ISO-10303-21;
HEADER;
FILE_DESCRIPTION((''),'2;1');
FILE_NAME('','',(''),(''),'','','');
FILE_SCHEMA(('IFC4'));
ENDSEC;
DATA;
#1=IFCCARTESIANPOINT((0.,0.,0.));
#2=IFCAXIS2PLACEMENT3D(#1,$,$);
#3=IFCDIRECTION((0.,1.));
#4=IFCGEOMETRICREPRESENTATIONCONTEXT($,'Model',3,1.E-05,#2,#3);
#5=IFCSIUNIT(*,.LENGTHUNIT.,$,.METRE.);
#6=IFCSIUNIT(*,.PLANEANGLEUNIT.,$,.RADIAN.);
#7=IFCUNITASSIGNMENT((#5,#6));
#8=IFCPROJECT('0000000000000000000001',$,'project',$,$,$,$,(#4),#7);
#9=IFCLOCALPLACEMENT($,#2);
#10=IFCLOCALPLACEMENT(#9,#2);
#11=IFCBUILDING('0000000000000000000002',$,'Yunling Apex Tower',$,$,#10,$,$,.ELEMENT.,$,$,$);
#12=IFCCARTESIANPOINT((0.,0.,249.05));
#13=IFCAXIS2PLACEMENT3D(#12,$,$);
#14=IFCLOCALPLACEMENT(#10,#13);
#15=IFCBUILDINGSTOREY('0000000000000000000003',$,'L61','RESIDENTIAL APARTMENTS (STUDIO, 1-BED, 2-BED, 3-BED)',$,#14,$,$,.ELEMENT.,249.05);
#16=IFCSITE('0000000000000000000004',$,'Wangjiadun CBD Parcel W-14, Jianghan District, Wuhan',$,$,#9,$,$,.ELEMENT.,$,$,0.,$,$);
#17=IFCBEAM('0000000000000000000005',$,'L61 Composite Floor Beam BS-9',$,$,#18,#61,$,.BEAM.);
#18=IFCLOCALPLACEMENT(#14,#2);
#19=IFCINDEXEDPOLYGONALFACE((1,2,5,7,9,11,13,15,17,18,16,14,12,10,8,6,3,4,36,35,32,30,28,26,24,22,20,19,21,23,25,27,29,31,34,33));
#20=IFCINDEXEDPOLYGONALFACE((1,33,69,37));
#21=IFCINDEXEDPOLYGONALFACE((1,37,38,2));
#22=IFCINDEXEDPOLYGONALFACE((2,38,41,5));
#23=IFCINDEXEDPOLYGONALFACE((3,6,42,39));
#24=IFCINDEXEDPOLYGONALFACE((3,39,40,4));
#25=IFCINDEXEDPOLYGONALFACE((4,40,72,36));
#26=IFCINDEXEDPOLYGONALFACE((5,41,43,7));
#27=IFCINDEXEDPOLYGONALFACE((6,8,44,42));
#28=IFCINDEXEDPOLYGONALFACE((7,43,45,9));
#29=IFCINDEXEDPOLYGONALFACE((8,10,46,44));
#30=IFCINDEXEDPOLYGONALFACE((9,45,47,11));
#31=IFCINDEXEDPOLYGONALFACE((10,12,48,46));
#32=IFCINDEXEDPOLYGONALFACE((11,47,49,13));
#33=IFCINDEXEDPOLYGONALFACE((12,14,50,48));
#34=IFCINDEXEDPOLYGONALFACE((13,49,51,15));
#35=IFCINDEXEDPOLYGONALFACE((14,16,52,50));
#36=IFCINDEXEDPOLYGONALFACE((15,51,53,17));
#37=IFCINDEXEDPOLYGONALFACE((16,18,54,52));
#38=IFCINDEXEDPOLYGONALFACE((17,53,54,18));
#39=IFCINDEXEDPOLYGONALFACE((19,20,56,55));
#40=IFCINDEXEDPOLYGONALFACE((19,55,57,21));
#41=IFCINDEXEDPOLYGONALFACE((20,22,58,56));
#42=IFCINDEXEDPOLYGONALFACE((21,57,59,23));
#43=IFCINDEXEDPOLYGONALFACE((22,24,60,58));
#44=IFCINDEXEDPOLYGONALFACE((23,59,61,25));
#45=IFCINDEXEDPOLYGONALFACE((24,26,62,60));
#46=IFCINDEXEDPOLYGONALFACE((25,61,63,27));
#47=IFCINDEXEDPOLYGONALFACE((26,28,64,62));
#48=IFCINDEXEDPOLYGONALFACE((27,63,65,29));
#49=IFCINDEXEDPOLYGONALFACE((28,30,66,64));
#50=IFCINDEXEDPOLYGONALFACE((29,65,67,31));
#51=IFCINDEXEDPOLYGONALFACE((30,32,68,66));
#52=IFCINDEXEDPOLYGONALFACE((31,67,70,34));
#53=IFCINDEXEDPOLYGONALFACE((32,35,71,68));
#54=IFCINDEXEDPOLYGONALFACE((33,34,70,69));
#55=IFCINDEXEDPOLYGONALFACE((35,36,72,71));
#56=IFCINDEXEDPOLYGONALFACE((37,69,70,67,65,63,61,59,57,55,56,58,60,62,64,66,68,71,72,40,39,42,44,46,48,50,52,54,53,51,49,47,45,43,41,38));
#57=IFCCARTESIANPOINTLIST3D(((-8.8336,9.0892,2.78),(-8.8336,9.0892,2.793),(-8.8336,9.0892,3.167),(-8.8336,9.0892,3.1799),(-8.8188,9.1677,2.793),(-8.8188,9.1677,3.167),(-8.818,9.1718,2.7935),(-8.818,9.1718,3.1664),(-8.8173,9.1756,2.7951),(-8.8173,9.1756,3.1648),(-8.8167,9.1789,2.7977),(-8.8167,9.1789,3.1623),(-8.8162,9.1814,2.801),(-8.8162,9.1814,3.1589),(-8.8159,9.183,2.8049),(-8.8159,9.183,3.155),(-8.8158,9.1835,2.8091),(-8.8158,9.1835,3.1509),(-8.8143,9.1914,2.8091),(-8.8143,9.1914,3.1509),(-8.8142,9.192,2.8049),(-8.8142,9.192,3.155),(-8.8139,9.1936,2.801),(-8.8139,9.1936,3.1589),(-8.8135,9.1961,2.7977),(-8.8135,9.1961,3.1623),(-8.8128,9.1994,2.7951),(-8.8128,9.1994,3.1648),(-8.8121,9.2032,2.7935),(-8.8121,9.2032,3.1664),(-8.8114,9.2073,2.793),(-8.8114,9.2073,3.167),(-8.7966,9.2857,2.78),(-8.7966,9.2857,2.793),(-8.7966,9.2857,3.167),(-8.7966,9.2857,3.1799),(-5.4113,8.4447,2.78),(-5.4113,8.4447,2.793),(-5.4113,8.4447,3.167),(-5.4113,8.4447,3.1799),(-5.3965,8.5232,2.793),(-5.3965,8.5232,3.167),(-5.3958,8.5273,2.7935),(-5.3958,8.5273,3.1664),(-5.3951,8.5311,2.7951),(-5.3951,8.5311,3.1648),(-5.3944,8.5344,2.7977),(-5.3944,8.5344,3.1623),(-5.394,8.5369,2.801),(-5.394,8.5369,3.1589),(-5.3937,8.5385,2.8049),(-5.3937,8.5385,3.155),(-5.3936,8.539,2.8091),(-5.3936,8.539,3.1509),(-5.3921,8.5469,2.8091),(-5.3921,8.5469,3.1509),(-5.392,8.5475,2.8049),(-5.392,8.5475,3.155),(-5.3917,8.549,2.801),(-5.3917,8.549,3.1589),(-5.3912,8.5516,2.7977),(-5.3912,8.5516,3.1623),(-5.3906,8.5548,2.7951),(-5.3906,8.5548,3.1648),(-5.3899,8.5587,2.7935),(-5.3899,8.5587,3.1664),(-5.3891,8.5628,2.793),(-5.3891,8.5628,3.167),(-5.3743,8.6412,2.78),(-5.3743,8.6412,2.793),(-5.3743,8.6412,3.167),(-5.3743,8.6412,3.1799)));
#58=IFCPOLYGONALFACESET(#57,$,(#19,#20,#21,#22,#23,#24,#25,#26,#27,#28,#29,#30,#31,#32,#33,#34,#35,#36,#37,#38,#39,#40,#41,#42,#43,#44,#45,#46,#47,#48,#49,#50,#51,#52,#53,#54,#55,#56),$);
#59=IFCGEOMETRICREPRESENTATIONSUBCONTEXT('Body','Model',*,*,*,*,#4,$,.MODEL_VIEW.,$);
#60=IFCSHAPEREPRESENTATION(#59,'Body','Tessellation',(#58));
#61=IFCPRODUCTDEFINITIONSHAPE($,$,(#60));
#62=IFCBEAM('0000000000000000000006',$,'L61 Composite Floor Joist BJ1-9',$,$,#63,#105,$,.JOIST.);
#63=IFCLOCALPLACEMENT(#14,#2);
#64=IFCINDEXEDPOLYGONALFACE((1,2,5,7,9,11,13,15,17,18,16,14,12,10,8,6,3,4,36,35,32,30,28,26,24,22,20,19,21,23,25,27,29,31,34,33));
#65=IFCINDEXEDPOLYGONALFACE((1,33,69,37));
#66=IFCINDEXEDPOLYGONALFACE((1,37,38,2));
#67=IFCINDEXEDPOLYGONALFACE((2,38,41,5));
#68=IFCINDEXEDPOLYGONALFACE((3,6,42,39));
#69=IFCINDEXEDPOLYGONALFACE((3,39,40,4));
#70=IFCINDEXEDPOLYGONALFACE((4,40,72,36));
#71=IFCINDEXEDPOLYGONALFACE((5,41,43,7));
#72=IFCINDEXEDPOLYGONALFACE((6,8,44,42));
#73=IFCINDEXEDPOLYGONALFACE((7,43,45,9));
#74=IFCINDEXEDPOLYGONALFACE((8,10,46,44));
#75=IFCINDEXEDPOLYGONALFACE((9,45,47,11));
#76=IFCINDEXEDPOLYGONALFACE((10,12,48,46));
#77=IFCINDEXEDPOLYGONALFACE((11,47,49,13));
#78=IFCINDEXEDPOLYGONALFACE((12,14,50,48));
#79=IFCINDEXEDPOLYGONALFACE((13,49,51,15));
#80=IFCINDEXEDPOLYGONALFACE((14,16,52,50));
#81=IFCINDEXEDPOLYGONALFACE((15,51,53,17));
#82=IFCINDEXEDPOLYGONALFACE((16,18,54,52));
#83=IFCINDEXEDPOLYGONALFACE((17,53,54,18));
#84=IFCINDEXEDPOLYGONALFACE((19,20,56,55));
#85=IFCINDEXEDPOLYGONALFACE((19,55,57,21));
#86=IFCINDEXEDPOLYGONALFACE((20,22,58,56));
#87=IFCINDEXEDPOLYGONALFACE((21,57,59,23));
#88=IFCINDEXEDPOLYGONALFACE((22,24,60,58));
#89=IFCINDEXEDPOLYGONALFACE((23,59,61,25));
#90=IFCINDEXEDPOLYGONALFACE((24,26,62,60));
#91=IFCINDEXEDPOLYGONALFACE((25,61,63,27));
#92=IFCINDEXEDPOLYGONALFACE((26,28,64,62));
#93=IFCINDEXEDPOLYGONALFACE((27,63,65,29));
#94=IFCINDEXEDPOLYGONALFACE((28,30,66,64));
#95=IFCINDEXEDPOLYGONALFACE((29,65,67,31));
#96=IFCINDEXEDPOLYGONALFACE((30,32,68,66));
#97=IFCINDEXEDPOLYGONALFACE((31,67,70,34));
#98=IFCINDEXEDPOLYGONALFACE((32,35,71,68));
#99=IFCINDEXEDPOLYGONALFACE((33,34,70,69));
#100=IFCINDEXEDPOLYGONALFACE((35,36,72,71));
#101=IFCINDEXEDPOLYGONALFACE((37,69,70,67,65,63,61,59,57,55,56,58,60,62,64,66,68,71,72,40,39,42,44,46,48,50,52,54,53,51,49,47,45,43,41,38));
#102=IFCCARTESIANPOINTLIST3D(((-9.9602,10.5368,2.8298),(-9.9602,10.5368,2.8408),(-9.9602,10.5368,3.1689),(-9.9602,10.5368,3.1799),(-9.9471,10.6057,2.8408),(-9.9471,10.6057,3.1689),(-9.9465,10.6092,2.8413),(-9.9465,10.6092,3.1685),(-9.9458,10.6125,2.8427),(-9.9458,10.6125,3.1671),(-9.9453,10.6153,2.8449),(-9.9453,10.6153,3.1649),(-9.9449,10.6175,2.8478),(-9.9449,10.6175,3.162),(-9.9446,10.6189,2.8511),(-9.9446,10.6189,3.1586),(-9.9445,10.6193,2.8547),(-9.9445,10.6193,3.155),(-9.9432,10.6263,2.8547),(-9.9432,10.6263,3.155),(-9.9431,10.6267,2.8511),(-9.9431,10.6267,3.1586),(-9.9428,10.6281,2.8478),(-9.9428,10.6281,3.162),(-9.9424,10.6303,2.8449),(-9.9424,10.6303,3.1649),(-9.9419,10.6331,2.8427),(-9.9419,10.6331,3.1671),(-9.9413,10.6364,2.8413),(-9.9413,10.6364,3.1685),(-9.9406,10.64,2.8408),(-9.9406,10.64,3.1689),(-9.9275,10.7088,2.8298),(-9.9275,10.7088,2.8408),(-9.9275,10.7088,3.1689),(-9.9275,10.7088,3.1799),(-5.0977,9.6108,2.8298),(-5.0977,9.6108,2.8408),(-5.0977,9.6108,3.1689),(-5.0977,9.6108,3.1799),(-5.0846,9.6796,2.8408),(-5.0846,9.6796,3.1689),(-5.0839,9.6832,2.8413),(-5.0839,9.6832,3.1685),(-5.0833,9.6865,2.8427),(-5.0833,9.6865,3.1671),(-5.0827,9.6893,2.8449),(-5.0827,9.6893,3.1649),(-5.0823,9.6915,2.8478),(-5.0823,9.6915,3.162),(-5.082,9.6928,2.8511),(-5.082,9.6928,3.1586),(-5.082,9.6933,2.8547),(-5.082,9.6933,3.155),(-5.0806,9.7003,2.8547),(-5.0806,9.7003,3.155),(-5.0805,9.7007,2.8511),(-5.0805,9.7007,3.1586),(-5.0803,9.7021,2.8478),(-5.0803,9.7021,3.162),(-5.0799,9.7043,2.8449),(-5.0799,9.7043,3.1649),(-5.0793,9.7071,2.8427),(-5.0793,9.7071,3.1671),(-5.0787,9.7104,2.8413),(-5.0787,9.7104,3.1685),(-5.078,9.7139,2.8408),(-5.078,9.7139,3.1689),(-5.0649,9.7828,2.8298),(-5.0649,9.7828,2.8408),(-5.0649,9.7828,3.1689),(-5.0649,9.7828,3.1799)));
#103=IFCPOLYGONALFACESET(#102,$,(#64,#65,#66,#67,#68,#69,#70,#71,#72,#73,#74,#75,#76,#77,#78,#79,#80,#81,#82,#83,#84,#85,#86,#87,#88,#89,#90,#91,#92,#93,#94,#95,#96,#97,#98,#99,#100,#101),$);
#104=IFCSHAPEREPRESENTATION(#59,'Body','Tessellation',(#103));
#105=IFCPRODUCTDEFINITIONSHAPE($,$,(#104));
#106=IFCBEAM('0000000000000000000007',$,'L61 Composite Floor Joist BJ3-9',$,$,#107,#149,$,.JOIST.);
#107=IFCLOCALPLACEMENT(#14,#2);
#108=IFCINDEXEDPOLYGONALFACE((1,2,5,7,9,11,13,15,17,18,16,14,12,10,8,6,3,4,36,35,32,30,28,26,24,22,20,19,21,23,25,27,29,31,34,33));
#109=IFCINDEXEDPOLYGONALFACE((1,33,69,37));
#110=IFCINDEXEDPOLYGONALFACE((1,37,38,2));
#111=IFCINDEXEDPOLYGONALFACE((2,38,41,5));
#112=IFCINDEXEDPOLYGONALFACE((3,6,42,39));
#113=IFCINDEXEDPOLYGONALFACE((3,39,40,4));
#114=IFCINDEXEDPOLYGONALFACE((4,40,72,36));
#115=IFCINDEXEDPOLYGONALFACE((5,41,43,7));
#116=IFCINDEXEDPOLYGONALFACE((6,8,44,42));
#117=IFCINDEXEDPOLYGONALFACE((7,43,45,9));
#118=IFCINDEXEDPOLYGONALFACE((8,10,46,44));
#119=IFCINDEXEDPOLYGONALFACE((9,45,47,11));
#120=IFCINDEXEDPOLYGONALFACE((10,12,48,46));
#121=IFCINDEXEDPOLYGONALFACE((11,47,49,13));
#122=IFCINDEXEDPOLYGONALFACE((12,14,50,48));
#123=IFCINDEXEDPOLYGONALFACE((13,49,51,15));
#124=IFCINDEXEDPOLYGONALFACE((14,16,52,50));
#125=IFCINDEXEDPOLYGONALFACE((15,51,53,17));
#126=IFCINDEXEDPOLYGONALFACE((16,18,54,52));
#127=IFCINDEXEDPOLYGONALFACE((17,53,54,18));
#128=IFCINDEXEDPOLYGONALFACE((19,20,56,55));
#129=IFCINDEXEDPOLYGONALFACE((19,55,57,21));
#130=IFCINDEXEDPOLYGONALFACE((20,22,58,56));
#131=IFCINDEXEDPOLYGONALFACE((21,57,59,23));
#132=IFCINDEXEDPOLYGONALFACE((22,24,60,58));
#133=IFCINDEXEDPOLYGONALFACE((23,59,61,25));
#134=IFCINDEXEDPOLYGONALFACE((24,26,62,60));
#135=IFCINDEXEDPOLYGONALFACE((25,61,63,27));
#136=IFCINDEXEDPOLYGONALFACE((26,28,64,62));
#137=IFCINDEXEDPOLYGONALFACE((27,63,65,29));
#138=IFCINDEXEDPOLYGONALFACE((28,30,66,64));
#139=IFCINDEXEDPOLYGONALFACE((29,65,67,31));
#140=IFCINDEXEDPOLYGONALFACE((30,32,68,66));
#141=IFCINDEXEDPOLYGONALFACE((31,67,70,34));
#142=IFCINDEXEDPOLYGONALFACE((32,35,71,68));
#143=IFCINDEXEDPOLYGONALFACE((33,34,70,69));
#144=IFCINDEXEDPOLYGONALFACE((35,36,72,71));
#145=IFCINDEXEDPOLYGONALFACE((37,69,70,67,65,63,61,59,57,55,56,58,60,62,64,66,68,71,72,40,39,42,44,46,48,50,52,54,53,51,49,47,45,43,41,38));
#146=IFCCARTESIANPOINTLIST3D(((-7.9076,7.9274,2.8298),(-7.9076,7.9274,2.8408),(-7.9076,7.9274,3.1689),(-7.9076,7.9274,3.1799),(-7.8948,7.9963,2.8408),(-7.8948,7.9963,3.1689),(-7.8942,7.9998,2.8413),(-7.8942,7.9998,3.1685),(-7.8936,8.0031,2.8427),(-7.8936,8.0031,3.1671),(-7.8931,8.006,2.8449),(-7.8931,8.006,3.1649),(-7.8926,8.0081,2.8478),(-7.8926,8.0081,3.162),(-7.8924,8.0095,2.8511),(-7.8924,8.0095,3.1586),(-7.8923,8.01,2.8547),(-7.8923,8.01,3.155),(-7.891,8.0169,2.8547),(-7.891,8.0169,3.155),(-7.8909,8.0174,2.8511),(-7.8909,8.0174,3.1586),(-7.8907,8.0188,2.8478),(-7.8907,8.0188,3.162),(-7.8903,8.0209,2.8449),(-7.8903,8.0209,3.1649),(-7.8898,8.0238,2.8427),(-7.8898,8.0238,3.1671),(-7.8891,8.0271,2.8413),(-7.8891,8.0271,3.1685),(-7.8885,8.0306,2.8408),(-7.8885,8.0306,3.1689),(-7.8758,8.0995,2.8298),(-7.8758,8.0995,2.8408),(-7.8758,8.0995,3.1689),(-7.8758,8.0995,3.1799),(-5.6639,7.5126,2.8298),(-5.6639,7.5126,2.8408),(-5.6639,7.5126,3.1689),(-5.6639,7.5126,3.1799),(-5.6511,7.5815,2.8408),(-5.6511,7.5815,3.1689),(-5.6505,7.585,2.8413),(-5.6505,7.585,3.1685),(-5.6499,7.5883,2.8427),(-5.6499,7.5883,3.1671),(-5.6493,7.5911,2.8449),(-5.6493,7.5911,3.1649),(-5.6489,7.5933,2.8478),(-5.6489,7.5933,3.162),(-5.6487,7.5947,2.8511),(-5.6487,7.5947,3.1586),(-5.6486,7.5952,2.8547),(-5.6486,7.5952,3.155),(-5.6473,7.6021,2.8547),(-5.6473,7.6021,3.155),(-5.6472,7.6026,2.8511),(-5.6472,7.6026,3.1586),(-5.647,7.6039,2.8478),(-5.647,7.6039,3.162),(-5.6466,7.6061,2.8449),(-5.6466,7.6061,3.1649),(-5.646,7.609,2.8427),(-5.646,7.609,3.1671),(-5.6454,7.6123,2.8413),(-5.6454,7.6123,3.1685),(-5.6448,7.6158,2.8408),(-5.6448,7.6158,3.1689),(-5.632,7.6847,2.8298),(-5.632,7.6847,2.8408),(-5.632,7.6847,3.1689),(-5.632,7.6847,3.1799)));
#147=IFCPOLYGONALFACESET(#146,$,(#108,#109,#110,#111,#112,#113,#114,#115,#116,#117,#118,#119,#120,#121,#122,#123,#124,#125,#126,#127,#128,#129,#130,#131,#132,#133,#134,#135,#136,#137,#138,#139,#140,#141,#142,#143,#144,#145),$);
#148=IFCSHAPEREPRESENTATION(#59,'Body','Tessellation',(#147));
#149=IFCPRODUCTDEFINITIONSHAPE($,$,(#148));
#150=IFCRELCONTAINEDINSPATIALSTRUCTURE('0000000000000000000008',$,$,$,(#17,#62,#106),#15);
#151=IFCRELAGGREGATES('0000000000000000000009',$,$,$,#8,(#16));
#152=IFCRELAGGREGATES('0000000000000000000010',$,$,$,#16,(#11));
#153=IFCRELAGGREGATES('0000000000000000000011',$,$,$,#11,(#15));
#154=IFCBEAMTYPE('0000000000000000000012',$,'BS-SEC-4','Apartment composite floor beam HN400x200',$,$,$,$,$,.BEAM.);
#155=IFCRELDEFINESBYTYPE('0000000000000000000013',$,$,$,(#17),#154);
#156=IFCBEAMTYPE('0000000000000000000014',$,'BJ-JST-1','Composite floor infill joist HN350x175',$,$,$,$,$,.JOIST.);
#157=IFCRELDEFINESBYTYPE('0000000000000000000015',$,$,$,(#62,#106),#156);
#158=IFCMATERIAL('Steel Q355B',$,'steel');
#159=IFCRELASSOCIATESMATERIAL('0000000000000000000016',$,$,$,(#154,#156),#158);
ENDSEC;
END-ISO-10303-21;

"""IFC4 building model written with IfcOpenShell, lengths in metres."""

from ifc_helpers import new_model, si_unit, direction, frame, origin, origin_2d, place, context, subcontext, project, spatial, i_section, extrude, source, transform, mapped, material, material_profile, profile_set, type_object, element, save


model = new_model("IFC4")

# Units and contexts
model_context = context("Model", 3, precision=1e-05, world=origin(), true_north=direction((0.0, 1.0)))
body_context = subcontext(model_context, "Body", "Model", "MODEL_VIEW")
ifc_project = project(units=[si_unit("LENGTHUNIT", "METRE"), si_unit("PLANEANGLEUNIT", "RADIAN")], contexts=[model_context])

# Site, building, storey
site_placement = place(None, origin())
site = spatial("IfcSite", under=ifc_project, at=site_placement, Name="Wangjiadun CBD Parcel W-14, Jianghan District, Wuhan", CompositionType="ELEMENT", RefElevation=0.0)
building_placement = place(site_placement, origin())
building = spatial("IfcBuilding", under=site, at=building_placement, Name="Yunling Apex Tower", CompositionType="ELEMENT")
storey_placement = place(building_placement, frame((0.0, 0.0, 249.05)))
storey = spatial("IfcBuildingStorey", under=building, at=storey_placement, Name="L61", Description="RESIDENTIAL APARTMENTS (STUDIO, 1-BED, 2-BED, 3-BED)", CompositionType="ELEMENT", Elevation=249.05)

# Beams
ifc_material_1 = material(Name="Steel Q355B", Category="steel")
ifc_material_profile_1 = material_profile(ifc_material_1, i_section(OverallWidth=0.2, OverallDepth=0.3999, WebThickness=0.0081, FlangeThickness=0.0129, FilletRadius=0.0161, at=origin_2d()))
ifc_profile_set_1 = profile_set([ifc_material_profile_1], Name="Steel Q355B")
beam_type_1 = type_object("IfcBeamType", Name="BS-SEC-4", Description="Apartment composite floor beam HN400x200", PredefinedType="BEAM", material=ifc_profile_set_1)
shared_shape_1 = source(origin(), body_context, "Body", "SweptSolid", [
    extrude(i_section(OverallWidth=0.2, OverallDepth=0.3999, WebThickness=0.0081, FlangeThickness=0.0129, FilletRadius=0.0161, at=origin_2d()), origin(), (0.0, 0.0, 1.0), 3.4824),
])
beam_1_placement = place(storey_placement, frame((-5.3928, 8.543, 2.98), z_axis=(-0.982724, 0.185076, 0.0), x_axis=(-0.185076, -0.982724, 0.0)))
element("IfcBeam", 1, at=beam_1_placement, inside=storey, type_object=beam_type_1, Name="L61 Composite Floor Beam BS-9", PredefinedType="BEAM", context=body_context, shape_type="MappedRepresentation", body=[
    mapped(shared_shape_1, transform((0.0, 0.0, 0.0), scale=1.0)),
])
ifc_material_profile_2 = material_profile(ifc_material_1, i_section(OverallWidth=0.175, OverallDepth=0.3501, WebThickness=0.0071, FlangeThickness=0.011, FilletRadius=0.0139, at=origin_2d()))
ifc_profile_set_2 = profile_set([ifc_material_profile_2], Name="Steel Q355B")
beam_type_2 = type_object("IfcBeamType", Name="BJ-JST-1", Description="Composite floor infill joist HN350x175", PredefinedType="JOIST", material=ifc_profile_set_2)
shared_shape_2 = source(origin(), body_context, "Body", "SweptSolid", [
    extrude(i_section(OverallWidth=0.175, OverallDepth=0.3501, WebThickness=0.0071, FlangeThickness=0.011, FilletRadius=0.0139, at=origin_2d()), origin(), (0.0, 0.0, 1.0), 4.95),
])
beam_2_placement = place(storey_placement, frame((-5.0813, 9.6968, 3.0049), z_axis=(-0.982345, 0.187078, 0.0), x_axis=(-0.187078, -0.982345, 0.0)))
element("IfcBeam", 2, at=beam_2_placement, inside=storey, type_object=beam_type_2, Name="L61 Composite Floor Joist BJ1-9", PredefinedType="JOIST", context=body_context, shape_type="MappedRepresentation", body=[
    mapped(shared_shape_2, transform((0.0, 0.0, 0.0), scale=1.0)),
])
shared_shape_3 = source(origin(), body_context, "Body", "SweptSolid", [
    extrude(i_section(OverallWidth=0.175, OverallDepth=0.3501, WebThickness=0.0071, FlangeThickness=0.011, FilletRadius=0.0139, at=origin_2d()), origin(), (0.0, 0.0, 1.0), 2.2817),
])
beam_3_placement = place(storey_placement, frame((-5.6479, 7.5986, 3.0049), z_axis=(-0.983337, 0.181794, 0.0), x_axis=(-0.181794, -0.983337, 0.0)))
element("IfcBeam", 3, at=beam_3_placement, inside=storey, type_object=beam_type_2, Name="L61 Composite Floor Joist BJ3-9", PredefinedType="JOIST", context=body_context, shape_type="MappedRepresentation", body=[
    mapped(shared_shape_3, transform((0.0, 0.0, 0.0), scale=1.0)),
])

save(model, "model.ifc")
